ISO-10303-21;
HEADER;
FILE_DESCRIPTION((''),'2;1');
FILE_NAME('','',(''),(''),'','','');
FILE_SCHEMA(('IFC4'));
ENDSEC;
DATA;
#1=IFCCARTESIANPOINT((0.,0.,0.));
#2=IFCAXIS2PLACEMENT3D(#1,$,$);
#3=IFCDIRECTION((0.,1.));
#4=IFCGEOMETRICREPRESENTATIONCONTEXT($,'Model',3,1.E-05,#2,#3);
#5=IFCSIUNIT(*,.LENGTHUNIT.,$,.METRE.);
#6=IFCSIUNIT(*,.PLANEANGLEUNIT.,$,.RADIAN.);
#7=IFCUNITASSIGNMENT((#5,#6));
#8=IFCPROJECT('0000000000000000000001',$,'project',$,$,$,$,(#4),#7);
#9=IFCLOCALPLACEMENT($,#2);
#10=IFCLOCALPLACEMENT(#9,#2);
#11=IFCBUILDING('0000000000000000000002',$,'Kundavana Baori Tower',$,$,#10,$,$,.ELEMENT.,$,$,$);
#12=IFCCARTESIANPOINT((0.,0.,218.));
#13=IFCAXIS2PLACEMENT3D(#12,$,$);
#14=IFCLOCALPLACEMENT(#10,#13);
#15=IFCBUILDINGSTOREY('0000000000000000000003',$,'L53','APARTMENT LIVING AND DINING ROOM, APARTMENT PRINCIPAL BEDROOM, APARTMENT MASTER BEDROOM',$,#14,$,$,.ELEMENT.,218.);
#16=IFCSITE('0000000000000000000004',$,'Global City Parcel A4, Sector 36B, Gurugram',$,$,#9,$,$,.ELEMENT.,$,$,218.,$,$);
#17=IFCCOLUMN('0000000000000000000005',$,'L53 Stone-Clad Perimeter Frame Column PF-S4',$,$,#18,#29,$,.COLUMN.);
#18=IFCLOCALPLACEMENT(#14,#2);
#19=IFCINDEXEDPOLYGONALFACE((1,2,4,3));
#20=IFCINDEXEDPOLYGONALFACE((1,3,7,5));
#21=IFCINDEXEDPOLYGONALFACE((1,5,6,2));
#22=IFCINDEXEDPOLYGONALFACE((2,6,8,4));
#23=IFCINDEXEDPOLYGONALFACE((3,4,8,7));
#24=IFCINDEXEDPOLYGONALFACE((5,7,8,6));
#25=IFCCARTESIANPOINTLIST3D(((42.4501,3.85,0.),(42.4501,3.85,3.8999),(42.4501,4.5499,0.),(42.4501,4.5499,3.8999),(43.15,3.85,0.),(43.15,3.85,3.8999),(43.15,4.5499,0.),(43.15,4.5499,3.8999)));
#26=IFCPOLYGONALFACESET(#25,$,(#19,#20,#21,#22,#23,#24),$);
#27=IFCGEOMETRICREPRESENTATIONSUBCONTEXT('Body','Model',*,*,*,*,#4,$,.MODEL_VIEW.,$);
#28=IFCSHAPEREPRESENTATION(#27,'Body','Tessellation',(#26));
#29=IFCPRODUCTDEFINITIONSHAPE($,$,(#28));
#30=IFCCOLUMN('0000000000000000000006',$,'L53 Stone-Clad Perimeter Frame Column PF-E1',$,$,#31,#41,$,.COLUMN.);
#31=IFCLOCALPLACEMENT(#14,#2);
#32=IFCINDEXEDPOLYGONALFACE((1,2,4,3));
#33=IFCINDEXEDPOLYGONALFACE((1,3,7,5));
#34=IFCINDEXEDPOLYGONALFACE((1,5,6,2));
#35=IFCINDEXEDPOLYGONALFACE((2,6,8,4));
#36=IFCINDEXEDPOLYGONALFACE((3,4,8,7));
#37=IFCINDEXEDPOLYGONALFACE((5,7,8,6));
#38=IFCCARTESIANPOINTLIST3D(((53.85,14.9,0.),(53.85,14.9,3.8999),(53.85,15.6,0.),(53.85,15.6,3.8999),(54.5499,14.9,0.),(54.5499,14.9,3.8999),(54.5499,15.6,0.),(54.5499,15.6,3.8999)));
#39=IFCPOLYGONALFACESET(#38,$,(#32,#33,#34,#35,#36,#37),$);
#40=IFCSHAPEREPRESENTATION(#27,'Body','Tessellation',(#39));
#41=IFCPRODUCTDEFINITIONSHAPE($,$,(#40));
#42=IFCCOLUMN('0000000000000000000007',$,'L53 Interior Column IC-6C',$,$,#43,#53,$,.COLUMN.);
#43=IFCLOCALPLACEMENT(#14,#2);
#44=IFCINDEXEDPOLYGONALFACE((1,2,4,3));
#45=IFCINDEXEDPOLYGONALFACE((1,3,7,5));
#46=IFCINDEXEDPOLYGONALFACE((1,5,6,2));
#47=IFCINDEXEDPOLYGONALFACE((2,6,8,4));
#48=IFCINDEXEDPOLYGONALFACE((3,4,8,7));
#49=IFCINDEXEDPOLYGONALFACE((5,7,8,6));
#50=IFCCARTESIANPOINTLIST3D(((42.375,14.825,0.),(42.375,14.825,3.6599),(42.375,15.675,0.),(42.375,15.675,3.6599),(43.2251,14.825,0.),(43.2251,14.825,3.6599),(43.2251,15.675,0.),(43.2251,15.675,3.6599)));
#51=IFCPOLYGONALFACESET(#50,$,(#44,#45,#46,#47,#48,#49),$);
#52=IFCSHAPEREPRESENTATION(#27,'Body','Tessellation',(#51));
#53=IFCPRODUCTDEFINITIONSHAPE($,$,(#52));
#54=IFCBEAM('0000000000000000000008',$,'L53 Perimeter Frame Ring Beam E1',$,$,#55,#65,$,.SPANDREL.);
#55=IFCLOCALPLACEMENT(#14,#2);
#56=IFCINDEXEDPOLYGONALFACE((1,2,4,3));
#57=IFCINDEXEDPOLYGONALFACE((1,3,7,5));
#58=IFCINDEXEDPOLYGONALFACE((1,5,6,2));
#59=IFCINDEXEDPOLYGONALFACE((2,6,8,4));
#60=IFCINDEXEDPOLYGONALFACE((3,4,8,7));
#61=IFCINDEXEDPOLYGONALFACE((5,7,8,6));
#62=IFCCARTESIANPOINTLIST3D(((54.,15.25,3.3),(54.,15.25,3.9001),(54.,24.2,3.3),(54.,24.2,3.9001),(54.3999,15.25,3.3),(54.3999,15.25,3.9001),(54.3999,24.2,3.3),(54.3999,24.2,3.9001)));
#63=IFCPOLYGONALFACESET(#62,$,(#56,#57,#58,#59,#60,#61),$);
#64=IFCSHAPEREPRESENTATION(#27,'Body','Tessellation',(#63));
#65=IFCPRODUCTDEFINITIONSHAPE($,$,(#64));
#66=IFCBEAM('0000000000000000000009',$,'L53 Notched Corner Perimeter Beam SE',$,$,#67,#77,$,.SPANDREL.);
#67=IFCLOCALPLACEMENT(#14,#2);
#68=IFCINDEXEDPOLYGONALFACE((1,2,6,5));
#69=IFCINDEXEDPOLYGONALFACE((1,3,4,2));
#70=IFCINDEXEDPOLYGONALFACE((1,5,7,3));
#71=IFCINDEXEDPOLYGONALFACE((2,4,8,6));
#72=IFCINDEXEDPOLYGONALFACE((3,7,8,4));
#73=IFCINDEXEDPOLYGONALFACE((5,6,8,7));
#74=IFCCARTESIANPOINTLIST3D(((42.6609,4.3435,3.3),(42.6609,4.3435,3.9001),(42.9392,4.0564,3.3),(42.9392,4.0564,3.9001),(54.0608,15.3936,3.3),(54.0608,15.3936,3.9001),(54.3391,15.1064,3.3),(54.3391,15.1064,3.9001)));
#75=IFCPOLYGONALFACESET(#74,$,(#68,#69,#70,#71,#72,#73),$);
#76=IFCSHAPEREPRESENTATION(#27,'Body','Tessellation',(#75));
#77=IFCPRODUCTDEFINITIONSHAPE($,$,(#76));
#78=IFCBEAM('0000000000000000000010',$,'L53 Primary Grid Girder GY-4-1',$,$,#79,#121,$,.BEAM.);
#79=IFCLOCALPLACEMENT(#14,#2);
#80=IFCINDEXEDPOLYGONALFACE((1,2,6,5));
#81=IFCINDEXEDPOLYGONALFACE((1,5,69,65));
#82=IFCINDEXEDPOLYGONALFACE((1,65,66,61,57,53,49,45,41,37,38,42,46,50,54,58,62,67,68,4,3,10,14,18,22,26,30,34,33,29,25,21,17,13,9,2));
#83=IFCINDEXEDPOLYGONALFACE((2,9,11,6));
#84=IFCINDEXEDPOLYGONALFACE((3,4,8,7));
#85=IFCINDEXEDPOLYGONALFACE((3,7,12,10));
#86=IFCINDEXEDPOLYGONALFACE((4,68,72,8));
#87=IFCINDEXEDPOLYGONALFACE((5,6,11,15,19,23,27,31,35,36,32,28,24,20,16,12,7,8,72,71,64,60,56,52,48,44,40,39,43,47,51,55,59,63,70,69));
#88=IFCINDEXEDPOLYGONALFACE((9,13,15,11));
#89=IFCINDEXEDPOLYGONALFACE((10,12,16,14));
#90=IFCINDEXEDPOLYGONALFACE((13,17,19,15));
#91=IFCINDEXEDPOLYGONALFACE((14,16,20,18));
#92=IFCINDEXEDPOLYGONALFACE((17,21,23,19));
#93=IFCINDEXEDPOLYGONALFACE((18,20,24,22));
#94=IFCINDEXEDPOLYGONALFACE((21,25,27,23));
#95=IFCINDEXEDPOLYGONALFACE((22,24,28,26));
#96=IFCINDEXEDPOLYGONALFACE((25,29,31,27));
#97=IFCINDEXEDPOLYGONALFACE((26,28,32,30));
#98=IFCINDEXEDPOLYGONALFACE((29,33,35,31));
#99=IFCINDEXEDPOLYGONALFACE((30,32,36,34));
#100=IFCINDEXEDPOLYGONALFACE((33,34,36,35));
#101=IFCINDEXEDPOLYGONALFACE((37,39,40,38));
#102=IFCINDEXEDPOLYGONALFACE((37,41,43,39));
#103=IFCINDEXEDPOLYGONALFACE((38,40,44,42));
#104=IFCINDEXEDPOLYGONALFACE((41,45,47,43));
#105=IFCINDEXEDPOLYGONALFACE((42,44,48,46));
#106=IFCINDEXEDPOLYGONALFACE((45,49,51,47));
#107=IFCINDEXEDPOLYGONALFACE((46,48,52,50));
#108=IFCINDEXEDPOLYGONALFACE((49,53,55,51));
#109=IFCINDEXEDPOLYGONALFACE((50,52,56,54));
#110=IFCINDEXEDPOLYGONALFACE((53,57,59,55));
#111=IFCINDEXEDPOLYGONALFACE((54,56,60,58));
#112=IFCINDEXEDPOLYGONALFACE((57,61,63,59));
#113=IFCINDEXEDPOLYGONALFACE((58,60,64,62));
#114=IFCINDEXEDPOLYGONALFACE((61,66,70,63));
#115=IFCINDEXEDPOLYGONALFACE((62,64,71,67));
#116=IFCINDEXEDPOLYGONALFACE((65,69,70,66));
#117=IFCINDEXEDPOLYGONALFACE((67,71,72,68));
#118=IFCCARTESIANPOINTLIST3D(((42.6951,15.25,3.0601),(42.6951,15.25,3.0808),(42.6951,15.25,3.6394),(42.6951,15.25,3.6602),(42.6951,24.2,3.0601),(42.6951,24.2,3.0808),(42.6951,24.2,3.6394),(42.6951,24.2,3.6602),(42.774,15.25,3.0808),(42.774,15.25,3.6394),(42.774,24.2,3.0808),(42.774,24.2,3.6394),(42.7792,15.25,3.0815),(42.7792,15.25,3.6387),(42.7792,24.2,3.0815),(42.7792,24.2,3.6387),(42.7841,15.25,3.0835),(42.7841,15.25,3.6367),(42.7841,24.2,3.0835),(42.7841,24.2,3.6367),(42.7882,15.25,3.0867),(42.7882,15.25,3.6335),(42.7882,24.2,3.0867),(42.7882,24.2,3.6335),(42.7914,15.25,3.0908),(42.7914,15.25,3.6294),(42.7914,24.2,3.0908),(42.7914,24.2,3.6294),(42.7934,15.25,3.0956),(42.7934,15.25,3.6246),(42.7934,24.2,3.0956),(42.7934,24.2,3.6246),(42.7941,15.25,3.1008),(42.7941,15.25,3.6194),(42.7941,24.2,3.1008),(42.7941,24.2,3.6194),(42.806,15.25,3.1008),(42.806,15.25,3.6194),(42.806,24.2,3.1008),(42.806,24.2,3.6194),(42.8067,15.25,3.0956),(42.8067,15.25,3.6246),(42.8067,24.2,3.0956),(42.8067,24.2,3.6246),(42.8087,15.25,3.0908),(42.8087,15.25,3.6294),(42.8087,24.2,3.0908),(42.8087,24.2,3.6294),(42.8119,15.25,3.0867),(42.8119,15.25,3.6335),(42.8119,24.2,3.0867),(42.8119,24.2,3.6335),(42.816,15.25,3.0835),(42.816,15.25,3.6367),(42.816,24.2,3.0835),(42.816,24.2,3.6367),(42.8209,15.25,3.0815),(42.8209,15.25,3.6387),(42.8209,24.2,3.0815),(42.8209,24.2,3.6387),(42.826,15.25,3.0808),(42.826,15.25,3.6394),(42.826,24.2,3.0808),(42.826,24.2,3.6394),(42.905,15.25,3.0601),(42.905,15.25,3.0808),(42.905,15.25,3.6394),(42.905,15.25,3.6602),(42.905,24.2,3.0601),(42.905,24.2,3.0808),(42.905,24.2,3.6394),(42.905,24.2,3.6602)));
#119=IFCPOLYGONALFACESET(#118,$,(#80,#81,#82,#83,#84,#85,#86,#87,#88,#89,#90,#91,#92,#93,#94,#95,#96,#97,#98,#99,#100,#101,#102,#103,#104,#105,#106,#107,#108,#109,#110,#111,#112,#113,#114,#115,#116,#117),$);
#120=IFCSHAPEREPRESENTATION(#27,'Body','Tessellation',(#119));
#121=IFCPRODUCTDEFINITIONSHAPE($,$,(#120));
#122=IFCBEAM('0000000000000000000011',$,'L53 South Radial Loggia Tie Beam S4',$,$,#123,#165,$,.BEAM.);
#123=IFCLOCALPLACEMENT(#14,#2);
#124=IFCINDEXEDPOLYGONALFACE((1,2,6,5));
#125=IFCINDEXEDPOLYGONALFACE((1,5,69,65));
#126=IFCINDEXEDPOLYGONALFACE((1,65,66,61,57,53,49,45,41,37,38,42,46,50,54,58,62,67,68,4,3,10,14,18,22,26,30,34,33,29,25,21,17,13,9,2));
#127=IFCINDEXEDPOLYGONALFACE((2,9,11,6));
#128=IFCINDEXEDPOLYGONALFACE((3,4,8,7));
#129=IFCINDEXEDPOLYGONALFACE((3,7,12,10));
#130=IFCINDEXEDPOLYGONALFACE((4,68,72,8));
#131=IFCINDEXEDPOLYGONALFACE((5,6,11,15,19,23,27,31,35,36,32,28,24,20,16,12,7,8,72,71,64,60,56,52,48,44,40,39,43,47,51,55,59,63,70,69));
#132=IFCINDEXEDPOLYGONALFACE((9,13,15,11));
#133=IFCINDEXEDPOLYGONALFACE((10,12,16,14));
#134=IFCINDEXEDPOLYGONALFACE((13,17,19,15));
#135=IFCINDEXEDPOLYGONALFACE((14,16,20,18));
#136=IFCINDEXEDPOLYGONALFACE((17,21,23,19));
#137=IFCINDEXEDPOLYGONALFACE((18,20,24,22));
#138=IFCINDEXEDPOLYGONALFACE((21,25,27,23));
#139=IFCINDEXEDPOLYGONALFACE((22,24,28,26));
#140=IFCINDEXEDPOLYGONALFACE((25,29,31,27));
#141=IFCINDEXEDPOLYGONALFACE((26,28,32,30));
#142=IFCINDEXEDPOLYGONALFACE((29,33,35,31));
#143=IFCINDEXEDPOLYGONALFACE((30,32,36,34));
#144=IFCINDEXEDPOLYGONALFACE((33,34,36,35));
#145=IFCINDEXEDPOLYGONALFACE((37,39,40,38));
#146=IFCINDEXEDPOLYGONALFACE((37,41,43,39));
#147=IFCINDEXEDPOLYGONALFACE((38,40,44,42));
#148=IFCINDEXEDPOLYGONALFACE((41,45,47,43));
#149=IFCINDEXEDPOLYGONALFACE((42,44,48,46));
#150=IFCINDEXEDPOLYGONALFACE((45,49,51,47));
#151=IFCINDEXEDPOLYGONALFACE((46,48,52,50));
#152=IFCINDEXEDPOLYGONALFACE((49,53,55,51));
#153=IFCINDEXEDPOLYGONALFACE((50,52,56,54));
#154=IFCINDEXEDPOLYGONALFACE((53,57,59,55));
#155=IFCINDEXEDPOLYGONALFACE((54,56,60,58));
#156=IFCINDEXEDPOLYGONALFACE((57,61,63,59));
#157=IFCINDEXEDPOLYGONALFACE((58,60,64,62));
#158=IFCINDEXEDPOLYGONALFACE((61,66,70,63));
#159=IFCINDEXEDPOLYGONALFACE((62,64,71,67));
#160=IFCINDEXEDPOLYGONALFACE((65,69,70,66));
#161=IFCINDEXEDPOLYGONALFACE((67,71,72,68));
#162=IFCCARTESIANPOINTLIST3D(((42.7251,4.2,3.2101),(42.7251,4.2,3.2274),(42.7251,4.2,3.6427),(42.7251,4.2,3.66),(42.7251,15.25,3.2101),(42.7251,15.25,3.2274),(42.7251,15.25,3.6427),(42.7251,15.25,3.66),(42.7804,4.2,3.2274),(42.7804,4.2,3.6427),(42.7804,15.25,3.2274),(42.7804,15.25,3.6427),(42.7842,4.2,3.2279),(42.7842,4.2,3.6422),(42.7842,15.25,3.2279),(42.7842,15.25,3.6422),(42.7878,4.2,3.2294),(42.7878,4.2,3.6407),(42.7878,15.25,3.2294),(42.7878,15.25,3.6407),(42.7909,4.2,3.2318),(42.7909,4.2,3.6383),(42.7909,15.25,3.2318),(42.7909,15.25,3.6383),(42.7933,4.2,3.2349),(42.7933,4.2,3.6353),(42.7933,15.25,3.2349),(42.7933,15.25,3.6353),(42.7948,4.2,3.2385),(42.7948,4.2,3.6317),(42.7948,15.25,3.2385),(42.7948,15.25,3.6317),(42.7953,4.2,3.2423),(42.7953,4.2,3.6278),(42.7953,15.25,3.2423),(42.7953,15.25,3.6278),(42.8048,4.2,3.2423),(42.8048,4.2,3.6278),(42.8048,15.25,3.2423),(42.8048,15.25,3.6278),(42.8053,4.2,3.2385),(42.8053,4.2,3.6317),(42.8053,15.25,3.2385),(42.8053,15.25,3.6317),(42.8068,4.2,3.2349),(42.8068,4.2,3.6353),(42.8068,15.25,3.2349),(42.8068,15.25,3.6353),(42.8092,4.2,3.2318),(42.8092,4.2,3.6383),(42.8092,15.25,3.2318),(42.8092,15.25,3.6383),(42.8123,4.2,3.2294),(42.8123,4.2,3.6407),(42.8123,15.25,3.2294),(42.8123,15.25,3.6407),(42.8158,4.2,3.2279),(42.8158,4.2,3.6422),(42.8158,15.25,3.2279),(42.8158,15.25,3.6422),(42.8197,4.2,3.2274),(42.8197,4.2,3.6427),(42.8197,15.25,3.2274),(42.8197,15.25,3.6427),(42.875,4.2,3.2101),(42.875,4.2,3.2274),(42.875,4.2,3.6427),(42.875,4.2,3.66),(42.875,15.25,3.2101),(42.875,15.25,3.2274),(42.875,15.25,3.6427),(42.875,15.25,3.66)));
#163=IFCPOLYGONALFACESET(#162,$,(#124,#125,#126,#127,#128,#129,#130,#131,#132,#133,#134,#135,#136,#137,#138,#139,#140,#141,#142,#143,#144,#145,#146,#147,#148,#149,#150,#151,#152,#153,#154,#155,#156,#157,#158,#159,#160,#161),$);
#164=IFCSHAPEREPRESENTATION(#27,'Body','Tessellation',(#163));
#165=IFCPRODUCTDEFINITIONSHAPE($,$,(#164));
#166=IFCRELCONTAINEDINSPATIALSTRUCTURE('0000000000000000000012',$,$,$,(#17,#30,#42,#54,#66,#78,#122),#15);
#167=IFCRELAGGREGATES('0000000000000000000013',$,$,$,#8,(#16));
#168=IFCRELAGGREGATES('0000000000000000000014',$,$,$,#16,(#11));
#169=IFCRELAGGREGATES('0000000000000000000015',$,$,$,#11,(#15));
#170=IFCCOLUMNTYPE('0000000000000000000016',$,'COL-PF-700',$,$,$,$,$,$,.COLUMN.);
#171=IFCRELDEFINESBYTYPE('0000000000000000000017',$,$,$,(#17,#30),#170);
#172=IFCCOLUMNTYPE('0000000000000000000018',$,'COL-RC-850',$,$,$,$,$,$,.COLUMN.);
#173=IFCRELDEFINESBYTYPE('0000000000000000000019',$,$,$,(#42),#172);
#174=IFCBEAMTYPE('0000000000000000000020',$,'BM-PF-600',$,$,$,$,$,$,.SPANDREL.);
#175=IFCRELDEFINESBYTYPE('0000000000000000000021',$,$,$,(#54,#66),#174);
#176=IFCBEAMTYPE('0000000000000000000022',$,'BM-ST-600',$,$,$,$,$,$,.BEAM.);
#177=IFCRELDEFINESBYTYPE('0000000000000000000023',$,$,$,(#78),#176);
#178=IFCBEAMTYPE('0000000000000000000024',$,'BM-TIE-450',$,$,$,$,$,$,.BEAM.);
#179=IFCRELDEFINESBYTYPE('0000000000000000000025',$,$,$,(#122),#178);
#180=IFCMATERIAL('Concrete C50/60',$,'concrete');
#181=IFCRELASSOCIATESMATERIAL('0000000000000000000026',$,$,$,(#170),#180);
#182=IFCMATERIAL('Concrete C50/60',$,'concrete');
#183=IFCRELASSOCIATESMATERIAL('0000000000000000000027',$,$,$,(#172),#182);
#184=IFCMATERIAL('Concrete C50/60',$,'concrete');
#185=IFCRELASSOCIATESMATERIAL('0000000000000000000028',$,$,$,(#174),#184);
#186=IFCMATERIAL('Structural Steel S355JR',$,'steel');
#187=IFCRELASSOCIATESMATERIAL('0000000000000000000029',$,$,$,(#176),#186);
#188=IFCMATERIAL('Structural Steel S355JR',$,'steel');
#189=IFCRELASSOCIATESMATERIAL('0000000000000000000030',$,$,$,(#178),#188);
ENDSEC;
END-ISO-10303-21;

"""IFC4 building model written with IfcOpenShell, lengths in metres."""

from ifc_helpers import new_model, si_unit, direction, frame, origin, origin_2d, place, context, subcontext, project, spatial, rectangle, i_section, extrude, material, material_profile, profile_set, type_object, element, save


model = new_model("IFC4")

# Units and contexts
model_context = context("Model", 3, precision=1e-05, world=origin(), true_north=direction((0.0, 1.0)))
body_context = subcontext(model_context, "Body", "Model", "MODEL_VIEW")
ifc_project = project(units=[si_unit("LENGTHUNIT", "METRE"), si_unit("PLANEANGLEUNIT", "RADIAN")], contexts=[model_context])

# Site, building, storey
site_placement = place(None, origin())
site = spatial("IfcSite", under=ifc_project, at=site_placement, Name="Global City Parcel A4, Sector 36B, Gurugram", CompositionType="ELEMENT", RefElevation=218.0)
building_placement = place(site_placement, origin())
building = spatial("IfcBuilding", under=site, at=building_placement, Name="Kundavana Baori Tower", CompositionType="ELEMENT")
storey_placement = place(building_placement, frame((0.0, 0.0, 218.0)))
storey = spatial("IfcBuildingStorey", under=building, at=storey_placement, Name="L53", Description="APARTMENT LIVING AND DINING ROOM, APARTMENT PRINCIPAL BEDROOM, APARTMENT MASTER BEDROOM", CompositionType="ELEMENT", Elevation=218.0)

# Columns
ifc_material_1 = material(Name="Concrete C50/60", Category="concrete")
ifc_material_profile_1 = material_profile(ifc_material_1, rectangle(XDim=0.7, YDim=0.7, at=origin_2d()), Name="RC PF 700x700")
ifc_profile_set_1 = profile_set([ifc_material_profile_1], Name="Concrete C50/60")
column_type_1 = type_object("IfcColumnType", Name="COL-PF-700", PredefinedType="COLUMN", material=ifc_profile_set_1)
for number, where, z_axis, x_axis, name in (
    (1, (42.8, 4.2, 0.0), (0.0, 0.0, 1.0), (1.0, 0.0, 0.0), "L53 Stone-Clad Perimeter Frame Column PF-S4"),
    (2, (54.2, 15.25, 0.0), (0.0, 0.0, 1.0), (1.0, 0.0, 0.0), "L53 Stone-Clad Perimeter Frame Column PF-E1"),
):
    element("IfcColumn", number, at=place(storey_placement, frame(where, z_axis=z_axis, x_axis=x_axis)), inside=storey, type_object=column_type_1, Name=name, PredefinedType="COLUMN", context=body_context, shape_type="SweptSolid", body=[
        extrude(rectangle(XDim=0.7, YDim=0.7, at=origin_2d()), origin(), (0.0, 0.0, 1.0), 3.8999),
    ])
ifc_material_2 = material(Name="Concrete C50/60", Category="concrete")
ifc_material_profile_2 = material_profile(ifc_material_2, rectangle(XDim=0.8501, YDim=0.8501, at=origin_2d()), Name="RC 850x850")
ifc_profile_set_2 = profile_set([ifc_material_profile_2], Name="Concrete C50/60")
column_type_2 = type_object("IfcColumnType", Name="COL-RC-850", PredefinedType="COLUMN", material=ifc_profile_set_2)
column_placement = place(storey_placement, frame((42.8, 15.25, 0.0), z_axis=(0.0, 0.0, 1.0), x_axis=(1.0, 0.0, 0.0)))
element("IfcColumn", 3, at=column_placement, inside=storey, type_object=column_type_2, Name="L53 Interior Column IC-6C", PredefinedType="COLUMN", context=body_context, shape_type="SweptSolid", body=[
    extrude(rectangle(XDim=0.8501, YDim=0.8501, at=origin_2d()), origin(), (0.0, 0.0, 1.0), 3.6599),
])

# Beams
ifc_material_3 = material(Name="Concrete C50/60", Category="concrete")
ifc_material_profile_3 = material_profile(ifc_material_3, rectangle(XDim=0.3999, YDim=0.6001, at=origin_2d()), Name="RC BM 400x600")
ifc_profile_set_3 = profile_set([ifc_material_profile_3], Name="Concrete C50/60")
beam_type_1 = type_object("IfcBeamType", Name="BM-PF-600", PredefinedType="SPANDREL", material=ifc_profile_set_3)
beam_1_placement = place(storey_placement, frame((54.2, 15.25, 3.6001), z_axis=(0.0, 1.0, 0.0), x_axis=(-1.0, 0.0, 0.0)))
element("IfcBeam", 4, at=beam_1_placement, inside=storey, type_object=beam_type_1, Name="L53 Perimeter Frame Ring Beam E1", PredefinedType="SPANDREL", context=body_context, shape_type="SweptSolid", body=[
    extrude(rectangle(XDim=0.3999, YDim=0.6001, at=origin_2d()), origin(), (0.0, 0.0, 1.0), 8.95),
])
beam_2_placement = place(storey_placement, frame((42.8, 4.2, 3.6001), z_axis=(0.718039, 0.696003, 0.0), x_axis=(-0.696003, 0.718039, 0.0)))
element("IfcBeam", 5, at=beam_2_placement, inside=storey, type_object=beam_type_1, Name="L53 Notched Corner Perimeter Beam SE", PredefinedType="SPANDREL", context=body_context, shape_type="SweptSolid", body=[
    extrude(rectangle(XDim=0.3999, YDim=0.6001, at=origin_2d()), origin(), (0.0, 0.0, 1.0), 15.8765),
])
ifc_material_4 = material(Name="Structural Steel S355JR", Category="steel")
ifc_material_profile_4 = material_profile(ifc_material_4, i_section(OverallWidth=0.21, OverallDepth=0.6001, WebThickness=0.012, FlangeThickness=0.0208, FilletRadius=0.02, at=origin_2d()), Name="ISMB 600")
ifc_profile_set_4 = profile_set([ifc_material_profile_4], Name="Structural Steel S355JR")
beam_type_2 = type_object("IfcBeamType", Name="BM-ST-600", PredefinedType="BEAM", material=ifc_profile_set_4)
beam_3_placement = place(storey_placement, frame((42.8, 15.25, 3.3601), z_axis=(0.0, 1.0, 0.0), x_axis=(-1.0, 0.0, 0.0)))
element("IfcBeam", 6, at=beam_3_placement, inside=storey, type_object=beam_type_2, Name="L53 Primary Grid Girder GY-4-1", PredefinedType="BEAM", context=body_context, shape_type="SweptSolid", body=[
    extrude(i_section(OverallWidth=0.21, OverallDepth=0.6001, WebThickness=0.012, FlangeThickness=0.0208, FilletRadius=0.02, at=origin_2d()), origin(), (0.0, 0.0, 1.0), 8.95),
])
ifc_material_5 = material(Name="Structural Steel S355JR", Category="steel")
ifc_material_profile_5 = material_profile(ifc_material_5, i_section(OverallWidth=0.1499, OverallDepth=0.45, WebThickness=0.0095, FlangeThickness=0.0173, FilletRadius=0.0149, at=origin_2d()), Name="ISMB 450")
ifc_profile_set_5 = profile_set([ifc_material_profile_5], Name="Structural Steel S355JR")
beam_type_3 = type_object("IfcBeamType", Name="BM-TIE-450", PredefinedType="BEAM", material=ifc_profile_set_5)
beam_4_placement = place(storey_placement, frame((42.8, 15.25, 3.4351), z_axis=(0.0, -1.0, 0.0), x_axis=(1.0, 0.0, 0.0)))
element("IfcBeam", 7, at=beam_4_placement, inside=storey, type_object=beam_type_3, Name="L53 South Radial Loggia Tie Beam S4", PredefinedType="BEAM", context=body_context, shape_type="SweptSolid", body=[
    extrude(i_section(OverallWidth=0.1499, OverallDepth=0.45, WebThickness=0.0095, FlangeThickness=0.0173, FilletRadius=0.0149, at=origin_2d()), origin(), (0.0, 0.0, 1.0), 11.05),
])

save(model, "model.ifc")
